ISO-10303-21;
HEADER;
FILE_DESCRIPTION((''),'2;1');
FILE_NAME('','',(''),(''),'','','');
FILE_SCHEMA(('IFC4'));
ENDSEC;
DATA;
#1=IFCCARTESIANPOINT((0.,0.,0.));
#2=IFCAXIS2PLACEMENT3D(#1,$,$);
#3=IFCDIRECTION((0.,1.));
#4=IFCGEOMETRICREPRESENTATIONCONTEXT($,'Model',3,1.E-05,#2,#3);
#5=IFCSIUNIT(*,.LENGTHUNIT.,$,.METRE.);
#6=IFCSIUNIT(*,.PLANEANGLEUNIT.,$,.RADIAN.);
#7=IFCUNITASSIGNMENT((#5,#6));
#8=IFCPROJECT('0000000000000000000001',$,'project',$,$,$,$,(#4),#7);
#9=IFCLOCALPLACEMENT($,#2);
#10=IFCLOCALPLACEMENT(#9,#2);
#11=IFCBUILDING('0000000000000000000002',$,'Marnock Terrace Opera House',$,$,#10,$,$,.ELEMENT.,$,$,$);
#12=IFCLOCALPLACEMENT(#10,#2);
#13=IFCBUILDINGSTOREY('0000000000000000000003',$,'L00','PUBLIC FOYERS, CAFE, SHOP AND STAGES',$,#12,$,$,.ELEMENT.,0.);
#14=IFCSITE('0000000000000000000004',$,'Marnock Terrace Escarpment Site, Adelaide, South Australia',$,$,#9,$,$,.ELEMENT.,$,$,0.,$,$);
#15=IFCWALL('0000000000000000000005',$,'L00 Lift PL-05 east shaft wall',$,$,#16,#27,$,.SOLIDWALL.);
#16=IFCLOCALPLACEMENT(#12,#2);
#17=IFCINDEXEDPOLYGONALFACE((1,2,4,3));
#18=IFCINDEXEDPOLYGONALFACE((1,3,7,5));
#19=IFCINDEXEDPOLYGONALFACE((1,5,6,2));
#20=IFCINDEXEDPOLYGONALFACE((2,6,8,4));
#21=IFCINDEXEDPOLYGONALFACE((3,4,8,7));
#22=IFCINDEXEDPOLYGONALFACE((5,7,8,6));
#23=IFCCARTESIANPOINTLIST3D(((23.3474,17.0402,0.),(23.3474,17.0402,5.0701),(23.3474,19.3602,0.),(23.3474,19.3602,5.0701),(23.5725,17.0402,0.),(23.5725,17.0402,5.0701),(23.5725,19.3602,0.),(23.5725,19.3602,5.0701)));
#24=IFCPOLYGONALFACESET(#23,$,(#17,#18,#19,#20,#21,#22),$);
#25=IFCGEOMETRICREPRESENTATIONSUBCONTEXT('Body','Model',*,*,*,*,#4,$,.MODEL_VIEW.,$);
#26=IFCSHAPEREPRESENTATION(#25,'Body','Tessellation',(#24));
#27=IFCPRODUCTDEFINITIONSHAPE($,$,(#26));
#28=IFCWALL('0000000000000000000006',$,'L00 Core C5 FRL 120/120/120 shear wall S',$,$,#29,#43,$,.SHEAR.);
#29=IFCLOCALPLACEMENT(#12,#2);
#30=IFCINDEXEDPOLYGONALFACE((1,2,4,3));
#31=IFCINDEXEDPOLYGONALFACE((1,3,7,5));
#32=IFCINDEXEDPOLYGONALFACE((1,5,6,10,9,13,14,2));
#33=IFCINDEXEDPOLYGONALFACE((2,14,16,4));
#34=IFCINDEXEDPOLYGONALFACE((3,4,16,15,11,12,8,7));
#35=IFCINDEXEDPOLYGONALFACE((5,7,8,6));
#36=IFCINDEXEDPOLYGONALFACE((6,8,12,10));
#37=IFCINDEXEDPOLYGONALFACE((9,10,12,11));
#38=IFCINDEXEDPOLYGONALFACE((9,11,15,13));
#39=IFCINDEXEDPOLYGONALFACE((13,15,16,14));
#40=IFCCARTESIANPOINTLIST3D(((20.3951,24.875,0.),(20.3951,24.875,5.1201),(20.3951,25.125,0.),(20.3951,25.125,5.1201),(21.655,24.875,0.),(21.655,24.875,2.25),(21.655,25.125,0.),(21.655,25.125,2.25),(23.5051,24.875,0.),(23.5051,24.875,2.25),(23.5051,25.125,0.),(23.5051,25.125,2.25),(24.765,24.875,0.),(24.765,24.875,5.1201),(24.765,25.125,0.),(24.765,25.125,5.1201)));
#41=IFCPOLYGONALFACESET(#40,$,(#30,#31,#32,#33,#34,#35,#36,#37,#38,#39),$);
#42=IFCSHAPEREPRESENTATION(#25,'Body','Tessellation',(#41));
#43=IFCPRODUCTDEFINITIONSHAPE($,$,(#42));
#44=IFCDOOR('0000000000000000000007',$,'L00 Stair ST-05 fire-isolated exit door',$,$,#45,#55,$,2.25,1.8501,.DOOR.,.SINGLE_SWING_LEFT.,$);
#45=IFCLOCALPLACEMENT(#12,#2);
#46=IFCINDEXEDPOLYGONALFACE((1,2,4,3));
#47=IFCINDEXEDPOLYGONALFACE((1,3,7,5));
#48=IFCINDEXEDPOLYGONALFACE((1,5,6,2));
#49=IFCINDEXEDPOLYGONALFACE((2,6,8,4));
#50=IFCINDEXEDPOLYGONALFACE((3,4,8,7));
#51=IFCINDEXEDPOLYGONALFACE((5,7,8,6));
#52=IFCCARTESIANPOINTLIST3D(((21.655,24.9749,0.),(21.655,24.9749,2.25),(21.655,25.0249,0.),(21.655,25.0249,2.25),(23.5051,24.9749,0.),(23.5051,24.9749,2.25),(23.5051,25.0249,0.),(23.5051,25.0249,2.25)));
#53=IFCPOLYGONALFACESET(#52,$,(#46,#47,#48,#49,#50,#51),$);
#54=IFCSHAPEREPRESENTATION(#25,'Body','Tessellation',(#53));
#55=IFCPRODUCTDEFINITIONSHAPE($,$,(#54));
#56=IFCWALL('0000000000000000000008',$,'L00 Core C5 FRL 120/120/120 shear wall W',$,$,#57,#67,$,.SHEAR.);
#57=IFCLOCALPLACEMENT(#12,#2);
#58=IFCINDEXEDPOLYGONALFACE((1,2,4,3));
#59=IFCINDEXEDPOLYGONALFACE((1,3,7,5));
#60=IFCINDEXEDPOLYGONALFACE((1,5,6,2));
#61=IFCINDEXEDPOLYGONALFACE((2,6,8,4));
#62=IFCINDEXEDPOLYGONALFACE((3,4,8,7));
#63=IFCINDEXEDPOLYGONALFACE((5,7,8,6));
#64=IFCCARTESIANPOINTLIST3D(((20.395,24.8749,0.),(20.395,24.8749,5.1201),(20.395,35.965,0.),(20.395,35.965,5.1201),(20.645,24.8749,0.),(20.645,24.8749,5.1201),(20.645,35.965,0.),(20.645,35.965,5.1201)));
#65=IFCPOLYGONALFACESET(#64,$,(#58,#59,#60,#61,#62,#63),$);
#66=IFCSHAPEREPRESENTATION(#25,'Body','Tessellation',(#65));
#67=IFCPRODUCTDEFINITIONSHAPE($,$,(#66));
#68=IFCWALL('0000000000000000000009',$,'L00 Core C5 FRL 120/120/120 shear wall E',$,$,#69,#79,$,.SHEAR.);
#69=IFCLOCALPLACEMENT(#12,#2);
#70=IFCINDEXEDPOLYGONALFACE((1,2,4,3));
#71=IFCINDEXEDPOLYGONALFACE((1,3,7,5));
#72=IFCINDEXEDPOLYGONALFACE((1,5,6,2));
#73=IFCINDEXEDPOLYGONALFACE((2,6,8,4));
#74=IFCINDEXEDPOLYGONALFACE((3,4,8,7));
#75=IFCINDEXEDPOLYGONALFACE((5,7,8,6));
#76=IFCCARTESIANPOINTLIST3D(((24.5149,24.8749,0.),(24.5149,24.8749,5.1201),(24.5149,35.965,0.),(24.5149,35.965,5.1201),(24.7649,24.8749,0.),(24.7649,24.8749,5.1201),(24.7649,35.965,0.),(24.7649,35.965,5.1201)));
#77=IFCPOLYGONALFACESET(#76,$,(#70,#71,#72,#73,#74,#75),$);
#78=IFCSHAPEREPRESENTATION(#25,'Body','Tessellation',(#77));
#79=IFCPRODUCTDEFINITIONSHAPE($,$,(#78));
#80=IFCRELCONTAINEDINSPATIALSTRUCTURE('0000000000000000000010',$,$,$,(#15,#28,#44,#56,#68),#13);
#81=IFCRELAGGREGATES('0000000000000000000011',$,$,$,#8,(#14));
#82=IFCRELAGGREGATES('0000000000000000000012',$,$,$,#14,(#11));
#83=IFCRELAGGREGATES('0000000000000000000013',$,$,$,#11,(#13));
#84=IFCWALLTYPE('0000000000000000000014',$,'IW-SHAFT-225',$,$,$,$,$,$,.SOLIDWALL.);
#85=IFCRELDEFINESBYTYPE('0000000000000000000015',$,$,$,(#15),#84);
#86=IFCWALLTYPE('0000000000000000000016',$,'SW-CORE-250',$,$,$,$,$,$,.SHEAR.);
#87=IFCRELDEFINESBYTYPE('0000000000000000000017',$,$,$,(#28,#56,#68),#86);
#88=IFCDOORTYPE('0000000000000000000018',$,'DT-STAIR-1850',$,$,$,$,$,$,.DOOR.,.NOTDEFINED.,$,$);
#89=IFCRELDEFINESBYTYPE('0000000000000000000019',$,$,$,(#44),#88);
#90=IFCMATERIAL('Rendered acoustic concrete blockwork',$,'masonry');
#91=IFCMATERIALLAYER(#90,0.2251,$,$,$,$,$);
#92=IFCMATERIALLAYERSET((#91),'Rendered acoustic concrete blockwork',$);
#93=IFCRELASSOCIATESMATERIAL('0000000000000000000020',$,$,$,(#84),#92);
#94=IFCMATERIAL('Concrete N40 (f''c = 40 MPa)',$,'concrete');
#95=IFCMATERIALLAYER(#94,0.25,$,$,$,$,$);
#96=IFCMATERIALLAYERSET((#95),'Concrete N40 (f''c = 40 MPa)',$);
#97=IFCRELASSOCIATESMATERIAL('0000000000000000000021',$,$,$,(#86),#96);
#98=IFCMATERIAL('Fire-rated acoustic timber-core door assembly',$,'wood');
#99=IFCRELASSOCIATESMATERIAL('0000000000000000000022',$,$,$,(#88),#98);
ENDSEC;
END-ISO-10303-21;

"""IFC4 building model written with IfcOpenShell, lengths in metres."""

from ifc_helpers import new_model, si_unit, direction, frame, frame_2d, origin, place, context, subcontext, project, spatial, rectangle, extrude, material, layer, layer_set, type_object, element, fill, save


model = new_model("IFC4")

# Units and contexts
model_context = context("Model", 3, precision=1e-05, world=origin(), true_north=direction((0.0, 1.0)))
body_context = subcontext(model_context, "Body", "Model", "MODEL_VIEW")
ifc_project = project(units=[si_unit("LENGTHUNIT", "METRE"), si_unit("PLANEANGLEUNIT", "RADIAN")], contexts=[model_context])

# Site, building, storey
site_placement = place(None, origin())
site = spatial("IfcSite", under=ifc_project, at=site_placement, Name="Marnock Terrace Escarpment Site, Adelaide, South Australia", CompositionType="ELEMENT", RefElevation=0.0)
building_placement = place(site_placement, origin())
building = spatial("IfcBuilding", under=site, at=building_placement, Name="Marnock Terrace Opera House", CompositionType="ELEMENT")
storey_placement = place(building_placement, origin())
storey = spatial("IfcBuildingStorey", under=building, at=storey_placement, Name="L00", Description="PUBLIC FOYERS, CAFE, SHOP AND STAGES", CompositionType="ELEMENT", Elevation=0.0)

# Shared definitions
ifc_material_1 = material(Name="Rendered acoustic concrete blockwork", Category="masonry")
ifc_material_2 = material(Name="Fire-rated acoustic timber-core door assembly", Category="wood")
ifc_layer_1 = layer(ifc_material_1, 0.2251)
ifc_layer_set_1 = layer_set([ifc_layer_1], Name="Rendered acoustic concrete blockwork")
wall_type_1 = type_object("IfcWallType", Name="IW-SHAFT-225", PredefinedType="SOLIDWALL", material=ifc_layer_set_1)

# Wall
for number, where, z_axis, x_axis, name in (
    (1, (23.46, 17.04, 0.0), (0.0, 0.0, 1.0), (0.0, 1.0, 0.0), "L00 Lift PL-05 east shaft wall"),
):
    element("IfcWall", number, at=place(storey_placement, frame(where, z_axis=z_axis, x_axis=x_axis)), inside=storey, type_object=wall_type_1, Name=name, PredefinedType="SOLIDWALL", context=body_context, shape_type="SweptSolid", body=[
        extrude(rectangle(XDim=2.3201, YDim=0.2251, at=frame_2d((1.1602, 0.0))), origin(), (0.0, 0.0, 1.0), 5.0701),
    ])

# Wall, opening, door
ifc_material_3 = material(Name="Concrete N40 (f'c = 40 MPa)", Category="concrete")
ifc_layer_2 = layer(ifc_material_3, 0.25)
ifc_layer_set_2 = layer_set([ifc_layer_2], Name="Concrete N40 (f'c = 40 MPa)")
wall_type_2 = type_object("IfcWallType", Name="SW-CORE-250", PredefinedType="SHEAR", material=ifc_layer_set_2)
wall_1_placement = place(storey_placement, frame((20.395, 25.0, 0.0), z_axis=(0.0, 0.0, 1.0), x_axis=(1.0, 0.0, 0.0)))
wall_1 = element("IfcWall", 2, at=wall_1_placement, inside=storey, type_object=wall_type_2, Name="L00 Core C5 FRL 120/120/120 shear wall S", PredefinedType="SHEAR", context=body_context, shape_type="SweptSolid", body=[
    extrude(rectangle(XDim=4.3699, YDim=0.25, at=frame_2d((2.1851, 0.0))), origin(), (0.0, 0.0, 1.0), 5.1201),
])
opening_1_placement = place(wall_1_placement, frame((1.26, 0.0, 0.0)))
opening_1 = element("IfcOpeningElement", 3, at=opening_1_placement, cuts=wall_1, PredefinedType="OPENING", context=body_context, shape_type="SweptSolid", body=[
    extrude(rectangle(XDim=1.8501, YDim=2.25, at=frame_2d((0.925, 1.125))), frame((0.0, 0.135, 0.0), z_axis=(0.0, -1.0, 0.0), x_axis=(1.0, 0.0, 0.0)), (0.0, 0.0, 1.0), 0.27),
])
door_type_1 = type_object("IfcDoorType", Name="DT-STAIR-1850", OperationType="NOTDEFINED", PredefinedType="DOOR", material=ifc_material_2)
door_1_placement = place(opening_1_placement, origin())
door_1 = element("IfcDoor", 4, at=door_1_placement, inside=storey, type_object=door_type_1, Name="L00 Stair ST-05 fire-isolated exit door", OperationType="SINGLE_SWING_LEFT", OverallHeight=2.25, OverallWidth=1.8501, PredefinedType="DOOR", context=body_context, shape_type="SweptSolid", body=[
    extrude(rectangle(XDim=1.8501, YDim=2.25, at=frame_2d((0.925, 1.125))), frame((0.0, 0.0249, 0.0), z_axis=(0.0, -1.0, 0.0), x_axis=(1.0, 0.0, 0.0)), (0.0, 0.0, 1.0), 0.05),
])
fill(opening_1, door_1)

# Walls
for number, where, z_axis, x_axis, name in (
    (5, (20.52, 24.875, 0.0), (0.0, 0.0, 1.0), (0.0, 1.0, 0.0), "L00 Core C5 FRL 120/120/120 shear wall W"),
    (6, (24.6399, 24.875, 0.0), (0.0, 0.0, 1.0), (0.0, 1.0, 0.0), "L00 Core C5 FRL 120/120/120 shear wall E"),
):
    element("IfcWall", number, at=place(storey_placement, frame(where, z_axis=z_axis, x_axis=x_axis)), inside=storey, type_object=wall_type_2, Name=name, PredefinedType="SHEAR", context=body_context, shape_type="SweptSolid", body=[
        extrude(rectangle(XDim=11.0901, YDim=0.25, at=frame_2d((5.5449, 0.0))), origin(), (0.0, 0.0, 1.0), 5.1201),
    ])

save(model, "model.ifc")
